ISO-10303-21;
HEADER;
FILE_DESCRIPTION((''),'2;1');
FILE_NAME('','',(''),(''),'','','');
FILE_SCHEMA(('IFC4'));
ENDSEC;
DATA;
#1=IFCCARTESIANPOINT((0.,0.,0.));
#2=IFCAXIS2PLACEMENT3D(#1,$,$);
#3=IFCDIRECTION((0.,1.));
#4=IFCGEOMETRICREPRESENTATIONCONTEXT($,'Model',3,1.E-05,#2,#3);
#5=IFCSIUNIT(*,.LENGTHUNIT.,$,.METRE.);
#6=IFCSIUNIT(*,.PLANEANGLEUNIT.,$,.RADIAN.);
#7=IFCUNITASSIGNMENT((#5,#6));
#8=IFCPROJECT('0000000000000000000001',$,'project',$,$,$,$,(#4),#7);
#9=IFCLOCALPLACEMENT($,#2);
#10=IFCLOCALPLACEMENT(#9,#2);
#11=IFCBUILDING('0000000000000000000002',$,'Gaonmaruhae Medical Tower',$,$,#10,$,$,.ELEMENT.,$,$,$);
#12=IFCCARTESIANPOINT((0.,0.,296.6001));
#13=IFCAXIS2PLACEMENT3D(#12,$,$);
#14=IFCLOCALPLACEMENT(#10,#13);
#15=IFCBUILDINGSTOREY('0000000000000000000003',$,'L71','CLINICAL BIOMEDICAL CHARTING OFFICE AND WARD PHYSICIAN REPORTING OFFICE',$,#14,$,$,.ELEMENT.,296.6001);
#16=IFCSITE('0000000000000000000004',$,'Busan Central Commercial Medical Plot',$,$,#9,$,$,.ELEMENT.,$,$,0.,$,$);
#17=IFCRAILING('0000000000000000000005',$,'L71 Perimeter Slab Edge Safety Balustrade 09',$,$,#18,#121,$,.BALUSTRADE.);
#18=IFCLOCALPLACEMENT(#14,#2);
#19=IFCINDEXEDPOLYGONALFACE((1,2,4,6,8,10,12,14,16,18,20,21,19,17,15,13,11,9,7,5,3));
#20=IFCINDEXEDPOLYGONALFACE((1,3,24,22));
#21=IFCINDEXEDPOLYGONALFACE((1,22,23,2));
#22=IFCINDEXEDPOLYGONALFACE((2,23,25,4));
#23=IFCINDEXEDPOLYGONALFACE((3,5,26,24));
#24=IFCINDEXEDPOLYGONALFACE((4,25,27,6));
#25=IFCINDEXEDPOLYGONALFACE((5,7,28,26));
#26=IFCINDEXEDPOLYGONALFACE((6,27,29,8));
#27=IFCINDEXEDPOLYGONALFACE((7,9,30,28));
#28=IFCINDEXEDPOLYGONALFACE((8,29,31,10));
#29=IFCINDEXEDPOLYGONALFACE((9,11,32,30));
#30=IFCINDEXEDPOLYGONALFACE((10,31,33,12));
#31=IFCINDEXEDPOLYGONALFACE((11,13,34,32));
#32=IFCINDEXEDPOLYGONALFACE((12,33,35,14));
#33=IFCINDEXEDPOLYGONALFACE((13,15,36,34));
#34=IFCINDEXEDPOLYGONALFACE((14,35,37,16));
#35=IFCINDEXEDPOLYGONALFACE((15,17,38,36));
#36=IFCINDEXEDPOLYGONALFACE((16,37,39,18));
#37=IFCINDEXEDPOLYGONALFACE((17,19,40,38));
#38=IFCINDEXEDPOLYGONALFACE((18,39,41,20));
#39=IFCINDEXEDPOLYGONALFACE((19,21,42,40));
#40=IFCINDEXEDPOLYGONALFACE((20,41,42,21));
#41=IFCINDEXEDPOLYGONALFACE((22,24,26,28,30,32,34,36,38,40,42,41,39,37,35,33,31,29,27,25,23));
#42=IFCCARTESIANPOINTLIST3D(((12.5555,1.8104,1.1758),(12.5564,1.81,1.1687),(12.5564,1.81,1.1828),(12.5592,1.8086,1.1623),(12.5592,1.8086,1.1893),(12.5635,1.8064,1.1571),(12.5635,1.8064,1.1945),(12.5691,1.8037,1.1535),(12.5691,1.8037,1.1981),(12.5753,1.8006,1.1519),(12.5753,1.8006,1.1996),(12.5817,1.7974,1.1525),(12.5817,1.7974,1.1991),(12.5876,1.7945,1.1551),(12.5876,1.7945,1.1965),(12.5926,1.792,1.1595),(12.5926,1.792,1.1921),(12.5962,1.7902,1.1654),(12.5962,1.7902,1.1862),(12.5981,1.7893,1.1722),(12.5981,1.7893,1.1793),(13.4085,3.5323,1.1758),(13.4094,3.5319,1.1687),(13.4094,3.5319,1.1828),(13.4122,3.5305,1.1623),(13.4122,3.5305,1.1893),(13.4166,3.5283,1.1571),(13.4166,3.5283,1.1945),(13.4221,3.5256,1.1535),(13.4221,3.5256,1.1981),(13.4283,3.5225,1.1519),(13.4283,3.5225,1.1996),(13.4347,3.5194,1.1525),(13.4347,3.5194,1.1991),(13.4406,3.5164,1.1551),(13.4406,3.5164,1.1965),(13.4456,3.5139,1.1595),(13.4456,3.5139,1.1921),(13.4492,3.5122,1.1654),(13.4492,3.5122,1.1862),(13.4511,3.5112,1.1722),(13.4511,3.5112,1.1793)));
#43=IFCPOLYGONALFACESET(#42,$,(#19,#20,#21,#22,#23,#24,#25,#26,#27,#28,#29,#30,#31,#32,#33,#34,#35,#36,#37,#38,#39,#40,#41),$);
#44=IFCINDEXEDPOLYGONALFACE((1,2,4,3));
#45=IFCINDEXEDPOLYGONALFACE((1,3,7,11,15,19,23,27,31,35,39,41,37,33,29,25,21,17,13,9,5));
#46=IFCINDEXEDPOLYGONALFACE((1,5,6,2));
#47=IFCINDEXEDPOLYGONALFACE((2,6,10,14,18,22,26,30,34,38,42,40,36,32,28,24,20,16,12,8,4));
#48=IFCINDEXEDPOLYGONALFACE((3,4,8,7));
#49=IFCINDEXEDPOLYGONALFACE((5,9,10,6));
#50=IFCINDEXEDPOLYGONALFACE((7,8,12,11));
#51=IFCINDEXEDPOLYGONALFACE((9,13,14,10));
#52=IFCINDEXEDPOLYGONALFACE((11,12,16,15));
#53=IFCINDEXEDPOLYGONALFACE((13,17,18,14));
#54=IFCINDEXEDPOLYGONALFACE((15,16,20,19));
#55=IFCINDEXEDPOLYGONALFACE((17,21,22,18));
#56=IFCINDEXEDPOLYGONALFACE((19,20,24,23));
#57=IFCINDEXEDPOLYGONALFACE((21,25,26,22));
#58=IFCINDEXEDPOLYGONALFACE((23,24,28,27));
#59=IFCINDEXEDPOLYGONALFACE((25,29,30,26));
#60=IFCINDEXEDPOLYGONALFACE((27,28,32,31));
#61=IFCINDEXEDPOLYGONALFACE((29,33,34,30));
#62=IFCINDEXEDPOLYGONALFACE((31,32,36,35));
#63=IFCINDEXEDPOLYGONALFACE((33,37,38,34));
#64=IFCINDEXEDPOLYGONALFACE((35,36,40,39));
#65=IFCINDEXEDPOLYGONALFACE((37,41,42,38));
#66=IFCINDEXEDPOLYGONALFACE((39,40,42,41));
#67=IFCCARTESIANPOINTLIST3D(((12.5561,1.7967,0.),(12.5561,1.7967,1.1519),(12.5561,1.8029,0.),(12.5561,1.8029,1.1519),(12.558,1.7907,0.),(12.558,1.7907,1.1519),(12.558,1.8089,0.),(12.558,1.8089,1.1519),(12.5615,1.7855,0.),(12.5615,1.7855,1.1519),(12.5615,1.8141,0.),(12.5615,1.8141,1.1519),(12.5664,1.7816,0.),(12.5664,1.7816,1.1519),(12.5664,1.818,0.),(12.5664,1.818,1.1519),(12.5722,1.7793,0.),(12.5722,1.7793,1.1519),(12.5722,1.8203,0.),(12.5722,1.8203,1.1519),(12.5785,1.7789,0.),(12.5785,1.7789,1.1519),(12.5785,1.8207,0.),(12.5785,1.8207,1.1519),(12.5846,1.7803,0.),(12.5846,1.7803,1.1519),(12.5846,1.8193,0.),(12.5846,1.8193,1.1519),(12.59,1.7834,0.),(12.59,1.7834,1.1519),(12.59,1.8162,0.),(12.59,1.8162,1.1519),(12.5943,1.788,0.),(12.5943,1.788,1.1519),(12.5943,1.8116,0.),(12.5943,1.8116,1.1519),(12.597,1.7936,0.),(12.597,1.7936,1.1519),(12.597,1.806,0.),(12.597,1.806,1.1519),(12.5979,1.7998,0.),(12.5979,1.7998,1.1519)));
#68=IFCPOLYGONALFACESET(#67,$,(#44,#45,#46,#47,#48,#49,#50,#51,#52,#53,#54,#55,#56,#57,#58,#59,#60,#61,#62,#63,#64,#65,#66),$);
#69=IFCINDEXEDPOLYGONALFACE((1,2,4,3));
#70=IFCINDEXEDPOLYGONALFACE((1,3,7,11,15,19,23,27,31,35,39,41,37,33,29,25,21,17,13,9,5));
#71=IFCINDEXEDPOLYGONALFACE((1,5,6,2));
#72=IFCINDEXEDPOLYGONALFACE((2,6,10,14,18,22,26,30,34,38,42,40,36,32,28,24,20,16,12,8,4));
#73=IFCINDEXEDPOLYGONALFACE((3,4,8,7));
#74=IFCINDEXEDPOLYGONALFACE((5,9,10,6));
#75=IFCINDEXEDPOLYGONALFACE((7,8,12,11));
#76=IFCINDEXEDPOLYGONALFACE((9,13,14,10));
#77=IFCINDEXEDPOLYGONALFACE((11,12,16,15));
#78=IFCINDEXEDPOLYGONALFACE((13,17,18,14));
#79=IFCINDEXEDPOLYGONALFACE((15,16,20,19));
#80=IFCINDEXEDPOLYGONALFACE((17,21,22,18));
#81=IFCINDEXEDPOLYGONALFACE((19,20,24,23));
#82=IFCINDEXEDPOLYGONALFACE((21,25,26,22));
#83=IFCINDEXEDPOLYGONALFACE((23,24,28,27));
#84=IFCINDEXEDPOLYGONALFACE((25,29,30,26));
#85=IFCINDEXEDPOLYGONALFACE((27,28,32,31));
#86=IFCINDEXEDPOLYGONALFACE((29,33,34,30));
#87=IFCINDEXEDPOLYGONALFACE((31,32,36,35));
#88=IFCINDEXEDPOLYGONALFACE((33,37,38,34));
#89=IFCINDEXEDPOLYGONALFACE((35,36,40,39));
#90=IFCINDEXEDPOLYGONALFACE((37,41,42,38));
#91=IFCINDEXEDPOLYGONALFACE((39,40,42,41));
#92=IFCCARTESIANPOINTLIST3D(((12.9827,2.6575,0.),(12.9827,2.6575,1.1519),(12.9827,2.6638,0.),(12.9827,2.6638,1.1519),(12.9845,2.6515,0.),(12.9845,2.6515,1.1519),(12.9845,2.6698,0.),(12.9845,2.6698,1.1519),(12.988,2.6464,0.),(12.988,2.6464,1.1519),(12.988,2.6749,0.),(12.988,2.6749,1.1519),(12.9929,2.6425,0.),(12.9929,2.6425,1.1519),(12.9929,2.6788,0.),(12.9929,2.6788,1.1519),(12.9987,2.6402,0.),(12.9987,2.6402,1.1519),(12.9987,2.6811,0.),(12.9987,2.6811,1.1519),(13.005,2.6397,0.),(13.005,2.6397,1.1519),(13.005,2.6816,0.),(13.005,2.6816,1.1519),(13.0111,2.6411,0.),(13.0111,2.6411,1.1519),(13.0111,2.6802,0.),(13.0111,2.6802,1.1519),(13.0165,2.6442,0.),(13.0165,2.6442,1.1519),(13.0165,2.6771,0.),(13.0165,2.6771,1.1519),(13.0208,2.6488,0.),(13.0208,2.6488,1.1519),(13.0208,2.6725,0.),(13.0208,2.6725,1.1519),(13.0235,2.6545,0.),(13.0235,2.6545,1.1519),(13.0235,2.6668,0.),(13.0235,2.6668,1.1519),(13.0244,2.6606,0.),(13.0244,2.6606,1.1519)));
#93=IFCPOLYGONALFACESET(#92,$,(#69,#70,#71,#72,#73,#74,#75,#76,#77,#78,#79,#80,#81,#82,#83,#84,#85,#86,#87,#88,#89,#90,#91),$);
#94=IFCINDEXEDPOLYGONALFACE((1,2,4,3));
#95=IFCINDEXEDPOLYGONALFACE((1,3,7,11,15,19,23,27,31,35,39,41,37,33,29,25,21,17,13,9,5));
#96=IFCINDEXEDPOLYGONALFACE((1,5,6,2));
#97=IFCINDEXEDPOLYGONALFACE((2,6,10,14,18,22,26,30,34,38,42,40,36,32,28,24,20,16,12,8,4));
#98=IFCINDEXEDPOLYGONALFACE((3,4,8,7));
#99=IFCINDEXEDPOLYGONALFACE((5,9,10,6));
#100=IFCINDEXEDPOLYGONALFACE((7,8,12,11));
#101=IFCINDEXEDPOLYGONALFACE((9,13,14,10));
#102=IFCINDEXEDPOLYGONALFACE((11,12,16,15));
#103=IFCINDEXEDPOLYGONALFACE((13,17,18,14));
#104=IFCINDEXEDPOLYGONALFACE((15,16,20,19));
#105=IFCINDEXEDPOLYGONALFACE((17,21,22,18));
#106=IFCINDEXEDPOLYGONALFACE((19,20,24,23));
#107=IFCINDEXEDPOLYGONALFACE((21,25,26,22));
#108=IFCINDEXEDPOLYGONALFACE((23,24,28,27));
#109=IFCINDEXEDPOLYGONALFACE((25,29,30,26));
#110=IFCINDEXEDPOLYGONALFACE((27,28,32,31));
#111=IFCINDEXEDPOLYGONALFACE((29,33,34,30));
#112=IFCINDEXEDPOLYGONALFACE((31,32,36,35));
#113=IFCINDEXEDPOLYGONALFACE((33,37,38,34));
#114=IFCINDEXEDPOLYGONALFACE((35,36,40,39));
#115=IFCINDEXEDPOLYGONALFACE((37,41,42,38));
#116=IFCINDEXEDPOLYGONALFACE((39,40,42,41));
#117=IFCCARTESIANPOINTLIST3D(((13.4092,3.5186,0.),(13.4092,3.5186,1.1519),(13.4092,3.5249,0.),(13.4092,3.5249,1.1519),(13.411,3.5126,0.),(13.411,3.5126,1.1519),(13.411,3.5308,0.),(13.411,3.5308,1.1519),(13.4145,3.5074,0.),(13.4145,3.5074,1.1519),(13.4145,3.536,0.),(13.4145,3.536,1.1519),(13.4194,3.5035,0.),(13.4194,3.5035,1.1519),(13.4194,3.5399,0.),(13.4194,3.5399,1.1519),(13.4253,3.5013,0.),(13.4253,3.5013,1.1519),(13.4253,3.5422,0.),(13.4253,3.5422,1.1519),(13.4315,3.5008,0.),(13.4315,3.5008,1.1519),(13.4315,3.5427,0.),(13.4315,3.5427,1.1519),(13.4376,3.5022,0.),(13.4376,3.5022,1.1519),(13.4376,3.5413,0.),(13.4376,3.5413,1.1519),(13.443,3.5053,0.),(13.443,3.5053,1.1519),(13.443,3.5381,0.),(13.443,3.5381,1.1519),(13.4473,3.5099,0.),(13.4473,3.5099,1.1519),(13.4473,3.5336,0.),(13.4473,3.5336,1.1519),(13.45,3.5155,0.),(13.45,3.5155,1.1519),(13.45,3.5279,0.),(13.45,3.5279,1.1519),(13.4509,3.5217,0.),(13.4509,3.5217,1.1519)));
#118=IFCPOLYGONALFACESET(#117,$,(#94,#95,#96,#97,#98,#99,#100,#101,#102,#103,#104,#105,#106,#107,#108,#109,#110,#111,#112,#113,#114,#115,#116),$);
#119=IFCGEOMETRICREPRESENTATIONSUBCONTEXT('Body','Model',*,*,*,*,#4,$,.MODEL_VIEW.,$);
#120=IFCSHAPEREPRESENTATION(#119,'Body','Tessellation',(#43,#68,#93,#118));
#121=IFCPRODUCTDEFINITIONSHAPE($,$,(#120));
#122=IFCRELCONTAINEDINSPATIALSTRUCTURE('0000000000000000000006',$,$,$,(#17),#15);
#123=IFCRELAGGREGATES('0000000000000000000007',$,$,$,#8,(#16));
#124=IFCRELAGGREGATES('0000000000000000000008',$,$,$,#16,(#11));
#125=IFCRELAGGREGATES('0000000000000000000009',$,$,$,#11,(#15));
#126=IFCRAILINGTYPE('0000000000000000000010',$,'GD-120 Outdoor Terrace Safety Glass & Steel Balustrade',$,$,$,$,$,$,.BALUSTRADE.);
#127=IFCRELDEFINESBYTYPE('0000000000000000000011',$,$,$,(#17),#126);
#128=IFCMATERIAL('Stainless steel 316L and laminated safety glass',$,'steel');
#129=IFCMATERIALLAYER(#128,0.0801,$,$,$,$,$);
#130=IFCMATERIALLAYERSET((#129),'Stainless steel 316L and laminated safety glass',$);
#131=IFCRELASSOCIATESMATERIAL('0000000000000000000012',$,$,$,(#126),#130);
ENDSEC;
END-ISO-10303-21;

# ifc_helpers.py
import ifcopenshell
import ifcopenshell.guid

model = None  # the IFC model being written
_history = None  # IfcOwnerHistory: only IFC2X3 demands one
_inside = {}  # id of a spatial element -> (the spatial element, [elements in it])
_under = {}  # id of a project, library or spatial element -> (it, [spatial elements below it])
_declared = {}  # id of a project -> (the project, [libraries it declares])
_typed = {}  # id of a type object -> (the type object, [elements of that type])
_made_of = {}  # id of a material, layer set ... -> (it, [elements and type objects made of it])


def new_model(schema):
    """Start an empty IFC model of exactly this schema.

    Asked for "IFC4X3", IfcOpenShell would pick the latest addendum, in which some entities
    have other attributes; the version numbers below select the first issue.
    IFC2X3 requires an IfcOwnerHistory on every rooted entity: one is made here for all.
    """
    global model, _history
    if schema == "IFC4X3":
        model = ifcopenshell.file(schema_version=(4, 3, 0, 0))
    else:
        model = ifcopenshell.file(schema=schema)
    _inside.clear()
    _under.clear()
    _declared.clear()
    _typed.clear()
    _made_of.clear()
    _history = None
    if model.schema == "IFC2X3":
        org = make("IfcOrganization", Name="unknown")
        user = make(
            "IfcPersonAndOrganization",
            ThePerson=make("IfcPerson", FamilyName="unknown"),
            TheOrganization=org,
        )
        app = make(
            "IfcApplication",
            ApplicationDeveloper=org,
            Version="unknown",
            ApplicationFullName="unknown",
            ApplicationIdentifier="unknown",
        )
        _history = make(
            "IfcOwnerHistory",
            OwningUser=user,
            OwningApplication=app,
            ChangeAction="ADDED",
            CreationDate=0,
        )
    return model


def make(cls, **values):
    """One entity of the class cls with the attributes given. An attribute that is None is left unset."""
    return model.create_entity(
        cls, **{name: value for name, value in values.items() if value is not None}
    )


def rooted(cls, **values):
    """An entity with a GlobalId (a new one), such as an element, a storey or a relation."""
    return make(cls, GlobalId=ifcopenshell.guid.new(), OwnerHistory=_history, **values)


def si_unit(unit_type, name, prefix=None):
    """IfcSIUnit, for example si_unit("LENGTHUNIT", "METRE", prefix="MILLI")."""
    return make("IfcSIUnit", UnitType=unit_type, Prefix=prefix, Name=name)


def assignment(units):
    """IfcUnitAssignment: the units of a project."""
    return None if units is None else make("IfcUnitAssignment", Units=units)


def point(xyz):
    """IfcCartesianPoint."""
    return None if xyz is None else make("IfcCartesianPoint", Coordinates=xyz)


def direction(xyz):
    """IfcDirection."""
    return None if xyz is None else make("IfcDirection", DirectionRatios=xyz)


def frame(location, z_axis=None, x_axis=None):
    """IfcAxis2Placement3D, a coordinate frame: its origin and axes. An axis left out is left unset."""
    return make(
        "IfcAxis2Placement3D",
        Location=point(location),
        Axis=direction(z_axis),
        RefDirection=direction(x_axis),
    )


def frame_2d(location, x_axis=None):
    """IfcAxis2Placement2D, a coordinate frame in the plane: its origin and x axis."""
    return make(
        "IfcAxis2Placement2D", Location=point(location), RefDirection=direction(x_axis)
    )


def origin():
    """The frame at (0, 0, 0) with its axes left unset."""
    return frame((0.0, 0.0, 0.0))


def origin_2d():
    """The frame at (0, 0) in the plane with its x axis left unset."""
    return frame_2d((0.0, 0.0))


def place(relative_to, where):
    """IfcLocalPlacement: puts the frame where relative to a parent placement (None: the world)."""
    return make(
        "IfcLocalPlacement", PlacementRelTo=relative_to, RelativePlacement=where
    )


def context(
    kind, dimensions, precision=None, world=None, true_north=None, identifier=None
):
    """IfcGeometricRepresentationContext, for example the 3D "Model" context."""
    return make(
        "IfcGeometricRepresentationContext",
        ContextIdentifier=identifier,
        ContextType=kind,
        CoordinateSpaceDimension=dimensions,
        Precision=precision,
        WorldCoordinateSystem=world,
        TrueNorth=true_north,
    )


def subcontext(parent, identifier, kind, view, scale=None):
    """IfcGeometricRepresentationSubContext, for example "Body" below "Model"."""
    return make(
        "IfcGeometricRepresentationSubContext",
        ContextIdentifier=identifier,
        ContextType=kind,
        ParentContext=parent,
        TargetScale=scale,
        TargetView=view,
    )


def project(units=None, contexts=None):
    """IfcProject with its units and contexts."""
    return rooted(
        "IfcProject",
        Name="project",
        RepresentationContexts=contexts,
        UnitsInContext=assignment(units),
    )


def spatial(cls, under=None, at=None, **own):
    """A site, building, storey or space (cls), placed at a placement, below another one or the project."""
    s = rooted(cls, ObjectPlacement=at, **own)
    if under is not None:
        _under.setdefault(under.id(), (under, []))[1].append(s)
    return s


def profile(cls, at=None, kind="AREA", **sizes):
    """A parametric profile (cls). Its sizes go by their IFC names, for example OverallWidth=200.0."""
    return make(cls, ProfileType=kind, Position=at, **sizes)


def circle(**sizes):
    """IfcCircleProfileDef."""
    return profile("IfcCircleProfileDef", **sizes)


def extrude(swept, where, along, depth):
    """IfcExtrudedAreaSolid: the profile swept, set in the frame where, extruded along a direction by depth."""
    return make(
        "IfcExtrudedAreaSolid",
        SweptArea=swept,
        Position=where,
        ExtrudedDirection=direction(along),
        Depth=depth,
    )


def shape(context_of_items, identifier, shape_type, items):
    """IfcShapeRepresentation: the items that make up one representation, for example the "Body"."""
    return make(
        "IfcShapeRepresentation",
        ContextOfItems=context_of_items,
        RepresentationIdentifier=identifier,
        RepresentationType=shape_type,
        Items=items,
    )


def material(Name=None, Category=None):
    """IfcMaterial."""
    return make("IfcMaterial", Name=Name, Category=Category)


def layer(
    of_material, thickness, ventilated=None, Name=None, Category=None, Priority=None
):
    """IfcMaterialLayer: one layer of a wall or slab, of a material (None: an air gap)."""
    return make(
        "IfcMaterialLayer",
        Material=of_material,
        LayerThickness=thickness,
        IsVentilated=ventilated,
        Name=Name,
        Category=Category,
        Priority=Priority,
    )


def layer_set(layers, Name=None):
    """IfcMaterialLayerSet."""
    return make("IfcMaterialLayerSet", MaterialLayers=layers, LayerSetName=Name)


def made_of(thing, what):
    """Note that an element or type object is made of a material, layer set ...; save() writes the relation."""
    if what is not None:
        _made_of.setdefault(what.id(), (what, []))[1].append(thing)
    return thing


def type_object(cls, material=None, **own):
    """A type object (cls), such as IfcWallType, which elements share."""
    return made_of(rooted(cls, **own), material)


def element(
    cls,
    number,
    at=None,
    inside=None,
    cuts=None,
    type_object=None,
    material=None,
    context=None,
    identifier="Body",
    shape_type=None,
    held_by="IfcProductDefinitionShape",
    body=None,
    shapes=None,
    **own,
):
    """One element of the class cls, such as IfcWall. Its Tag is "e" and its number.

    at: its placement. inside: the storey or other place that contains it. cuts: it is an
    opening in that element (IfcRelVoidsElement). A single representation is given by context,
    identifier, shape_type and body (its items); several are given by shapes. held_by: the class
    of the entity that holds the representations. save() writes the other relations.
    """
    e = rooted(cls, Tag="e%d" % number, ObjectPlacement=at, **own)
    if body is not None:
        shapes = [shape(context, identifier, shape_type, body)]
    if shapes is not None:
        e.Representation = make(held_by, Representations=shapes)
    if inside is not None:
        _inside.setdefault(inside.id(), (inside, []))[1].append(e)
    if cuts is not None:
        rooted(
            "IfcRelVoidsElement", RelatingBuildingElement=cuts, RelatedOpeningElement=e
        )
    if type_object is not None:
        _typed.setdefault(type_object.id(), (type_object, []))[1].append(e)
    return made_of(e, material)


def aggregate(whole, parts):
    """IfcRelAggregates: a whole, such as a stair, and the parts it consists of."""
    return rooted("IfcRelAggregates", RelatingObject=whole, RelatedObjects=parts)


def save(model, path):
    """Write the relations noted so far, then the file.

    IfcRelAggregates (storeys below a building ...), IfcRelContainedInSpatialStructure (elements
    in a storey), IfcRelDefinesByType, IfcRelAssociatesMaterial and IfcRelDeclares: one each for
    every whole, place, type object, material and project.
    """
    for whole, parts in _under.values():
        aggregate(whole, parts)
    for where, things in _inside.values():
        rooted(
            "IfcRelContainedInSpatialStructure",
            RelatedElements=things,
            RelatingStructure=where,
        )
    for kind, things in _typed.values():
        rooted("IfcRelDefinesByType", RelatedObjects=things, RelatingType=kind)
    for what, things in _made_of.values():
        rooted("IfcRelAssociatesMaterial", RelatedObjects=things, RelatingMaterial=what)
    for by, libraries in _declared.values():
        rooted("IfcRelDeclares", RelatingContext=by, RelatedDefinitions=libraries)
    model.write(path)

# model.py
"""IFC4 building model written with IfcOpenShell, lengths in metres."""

from ifc_helpers import new_model, si_unit, direction, frame, origin, origin_2d, place, context, subcontext, project, spatial, circle, extrude, material, layer, layer_set, type_object, element, save


model = new_model("IFC4")

# Units and contexts
model_context = context("Model", 3, precision=1e-05, world=origin(), true_north=direction((0.0, 1.0)))
body_context = subcontext(model_context, "Body", "Model", "MODEL_VIEW")
ifc_project = project(units=[si_unit("LENGTHUNIT", "METRE"), si_unit("PLANEANGLEUNIT", "RADIAN")], contexts=[model_context])

# Site, building, storey
site_placement = place(None, origin())
site = spatial("IfcSite", under=ifc_project, at=site_placement, Name="Busan Central Commercial Medical Plot", CompositionType="ELEMENT", RefElevation=0.0)
building_placement = place(site_placement, origin())
building = spatial("IfcBuilding", under=site, at=building_placement, Name="Gaonmaruhae Medical Tower", CompositionType="ELEMENT")
storey_placement = place(building_placement, frame((0.0, 0.0, 296.6001)))
storey = spatial("IfcBuildingStorey", under=building, at=storey_placement, Name="L71", Description="CLINICAL BIOMEDICAL CHARTING OFFICE AND WARD PHYSICIAN REPORTING OFFICE", CompositionType="ELEMENT", Elevation=296.6001)

# Railing
ifc_material_1 = material(Name="Stainless steel 316L and laminated safety glass", Category="steel")
ifc_layer_1 = layer(ifc_material_1, 0.0801)
ifc_layer_set_1 = layer_set([ifc_layer_1], Name="Stainless steel 316L and laminated safety glass")
railing_type_1 = type_object("IfcRailingType", Name="GD-120 Outdoor Terrace Safety Glass & Steel Balustrade", PredefinedType="BALUSTRADE", material=ifc_layer_set_1)
railing_1_placement = place(storey_placement, frame((12.5769, 1.7998, 0.0)))
element("IfcRailing", 1, at=railing_1_placement, inside=storey, type_object=railing_type_1, Name="L71 Perimeter Slab Edge Safety Balustrade 09", PredefinedType="BALUSTRADE", context=body_context, shape_type="SweptSolid", body=[
    extrude(circle(Radius=0.0239, at=origin_2d()), frame((0.0, 0.0, 1.1758), z_axis=(0.443907, 0.896073, 0.0), x_axis=(-0.896073, 0.443907, 0.0)), (0.0, 0.0, 1.0), 1.9216),
    extrude(circle(Radius=0.021, at=origin_2d()), origin(), (0.0, 0.0, 1.0), 1.1519),
    extrude(circle(Radius=0.021, at=origin_2d()), frame((0.4265, 0.8608, 0.0)), (0.0, 0.0, 1.0), 1.1519),
    extrude(circle(Radius=0.021, at=origin_2d()), frame((0.853, 1.7219, 0.0)), (0.0, 0.0, 1.0), 1.1519),
])

save(model, "model.ifc")
